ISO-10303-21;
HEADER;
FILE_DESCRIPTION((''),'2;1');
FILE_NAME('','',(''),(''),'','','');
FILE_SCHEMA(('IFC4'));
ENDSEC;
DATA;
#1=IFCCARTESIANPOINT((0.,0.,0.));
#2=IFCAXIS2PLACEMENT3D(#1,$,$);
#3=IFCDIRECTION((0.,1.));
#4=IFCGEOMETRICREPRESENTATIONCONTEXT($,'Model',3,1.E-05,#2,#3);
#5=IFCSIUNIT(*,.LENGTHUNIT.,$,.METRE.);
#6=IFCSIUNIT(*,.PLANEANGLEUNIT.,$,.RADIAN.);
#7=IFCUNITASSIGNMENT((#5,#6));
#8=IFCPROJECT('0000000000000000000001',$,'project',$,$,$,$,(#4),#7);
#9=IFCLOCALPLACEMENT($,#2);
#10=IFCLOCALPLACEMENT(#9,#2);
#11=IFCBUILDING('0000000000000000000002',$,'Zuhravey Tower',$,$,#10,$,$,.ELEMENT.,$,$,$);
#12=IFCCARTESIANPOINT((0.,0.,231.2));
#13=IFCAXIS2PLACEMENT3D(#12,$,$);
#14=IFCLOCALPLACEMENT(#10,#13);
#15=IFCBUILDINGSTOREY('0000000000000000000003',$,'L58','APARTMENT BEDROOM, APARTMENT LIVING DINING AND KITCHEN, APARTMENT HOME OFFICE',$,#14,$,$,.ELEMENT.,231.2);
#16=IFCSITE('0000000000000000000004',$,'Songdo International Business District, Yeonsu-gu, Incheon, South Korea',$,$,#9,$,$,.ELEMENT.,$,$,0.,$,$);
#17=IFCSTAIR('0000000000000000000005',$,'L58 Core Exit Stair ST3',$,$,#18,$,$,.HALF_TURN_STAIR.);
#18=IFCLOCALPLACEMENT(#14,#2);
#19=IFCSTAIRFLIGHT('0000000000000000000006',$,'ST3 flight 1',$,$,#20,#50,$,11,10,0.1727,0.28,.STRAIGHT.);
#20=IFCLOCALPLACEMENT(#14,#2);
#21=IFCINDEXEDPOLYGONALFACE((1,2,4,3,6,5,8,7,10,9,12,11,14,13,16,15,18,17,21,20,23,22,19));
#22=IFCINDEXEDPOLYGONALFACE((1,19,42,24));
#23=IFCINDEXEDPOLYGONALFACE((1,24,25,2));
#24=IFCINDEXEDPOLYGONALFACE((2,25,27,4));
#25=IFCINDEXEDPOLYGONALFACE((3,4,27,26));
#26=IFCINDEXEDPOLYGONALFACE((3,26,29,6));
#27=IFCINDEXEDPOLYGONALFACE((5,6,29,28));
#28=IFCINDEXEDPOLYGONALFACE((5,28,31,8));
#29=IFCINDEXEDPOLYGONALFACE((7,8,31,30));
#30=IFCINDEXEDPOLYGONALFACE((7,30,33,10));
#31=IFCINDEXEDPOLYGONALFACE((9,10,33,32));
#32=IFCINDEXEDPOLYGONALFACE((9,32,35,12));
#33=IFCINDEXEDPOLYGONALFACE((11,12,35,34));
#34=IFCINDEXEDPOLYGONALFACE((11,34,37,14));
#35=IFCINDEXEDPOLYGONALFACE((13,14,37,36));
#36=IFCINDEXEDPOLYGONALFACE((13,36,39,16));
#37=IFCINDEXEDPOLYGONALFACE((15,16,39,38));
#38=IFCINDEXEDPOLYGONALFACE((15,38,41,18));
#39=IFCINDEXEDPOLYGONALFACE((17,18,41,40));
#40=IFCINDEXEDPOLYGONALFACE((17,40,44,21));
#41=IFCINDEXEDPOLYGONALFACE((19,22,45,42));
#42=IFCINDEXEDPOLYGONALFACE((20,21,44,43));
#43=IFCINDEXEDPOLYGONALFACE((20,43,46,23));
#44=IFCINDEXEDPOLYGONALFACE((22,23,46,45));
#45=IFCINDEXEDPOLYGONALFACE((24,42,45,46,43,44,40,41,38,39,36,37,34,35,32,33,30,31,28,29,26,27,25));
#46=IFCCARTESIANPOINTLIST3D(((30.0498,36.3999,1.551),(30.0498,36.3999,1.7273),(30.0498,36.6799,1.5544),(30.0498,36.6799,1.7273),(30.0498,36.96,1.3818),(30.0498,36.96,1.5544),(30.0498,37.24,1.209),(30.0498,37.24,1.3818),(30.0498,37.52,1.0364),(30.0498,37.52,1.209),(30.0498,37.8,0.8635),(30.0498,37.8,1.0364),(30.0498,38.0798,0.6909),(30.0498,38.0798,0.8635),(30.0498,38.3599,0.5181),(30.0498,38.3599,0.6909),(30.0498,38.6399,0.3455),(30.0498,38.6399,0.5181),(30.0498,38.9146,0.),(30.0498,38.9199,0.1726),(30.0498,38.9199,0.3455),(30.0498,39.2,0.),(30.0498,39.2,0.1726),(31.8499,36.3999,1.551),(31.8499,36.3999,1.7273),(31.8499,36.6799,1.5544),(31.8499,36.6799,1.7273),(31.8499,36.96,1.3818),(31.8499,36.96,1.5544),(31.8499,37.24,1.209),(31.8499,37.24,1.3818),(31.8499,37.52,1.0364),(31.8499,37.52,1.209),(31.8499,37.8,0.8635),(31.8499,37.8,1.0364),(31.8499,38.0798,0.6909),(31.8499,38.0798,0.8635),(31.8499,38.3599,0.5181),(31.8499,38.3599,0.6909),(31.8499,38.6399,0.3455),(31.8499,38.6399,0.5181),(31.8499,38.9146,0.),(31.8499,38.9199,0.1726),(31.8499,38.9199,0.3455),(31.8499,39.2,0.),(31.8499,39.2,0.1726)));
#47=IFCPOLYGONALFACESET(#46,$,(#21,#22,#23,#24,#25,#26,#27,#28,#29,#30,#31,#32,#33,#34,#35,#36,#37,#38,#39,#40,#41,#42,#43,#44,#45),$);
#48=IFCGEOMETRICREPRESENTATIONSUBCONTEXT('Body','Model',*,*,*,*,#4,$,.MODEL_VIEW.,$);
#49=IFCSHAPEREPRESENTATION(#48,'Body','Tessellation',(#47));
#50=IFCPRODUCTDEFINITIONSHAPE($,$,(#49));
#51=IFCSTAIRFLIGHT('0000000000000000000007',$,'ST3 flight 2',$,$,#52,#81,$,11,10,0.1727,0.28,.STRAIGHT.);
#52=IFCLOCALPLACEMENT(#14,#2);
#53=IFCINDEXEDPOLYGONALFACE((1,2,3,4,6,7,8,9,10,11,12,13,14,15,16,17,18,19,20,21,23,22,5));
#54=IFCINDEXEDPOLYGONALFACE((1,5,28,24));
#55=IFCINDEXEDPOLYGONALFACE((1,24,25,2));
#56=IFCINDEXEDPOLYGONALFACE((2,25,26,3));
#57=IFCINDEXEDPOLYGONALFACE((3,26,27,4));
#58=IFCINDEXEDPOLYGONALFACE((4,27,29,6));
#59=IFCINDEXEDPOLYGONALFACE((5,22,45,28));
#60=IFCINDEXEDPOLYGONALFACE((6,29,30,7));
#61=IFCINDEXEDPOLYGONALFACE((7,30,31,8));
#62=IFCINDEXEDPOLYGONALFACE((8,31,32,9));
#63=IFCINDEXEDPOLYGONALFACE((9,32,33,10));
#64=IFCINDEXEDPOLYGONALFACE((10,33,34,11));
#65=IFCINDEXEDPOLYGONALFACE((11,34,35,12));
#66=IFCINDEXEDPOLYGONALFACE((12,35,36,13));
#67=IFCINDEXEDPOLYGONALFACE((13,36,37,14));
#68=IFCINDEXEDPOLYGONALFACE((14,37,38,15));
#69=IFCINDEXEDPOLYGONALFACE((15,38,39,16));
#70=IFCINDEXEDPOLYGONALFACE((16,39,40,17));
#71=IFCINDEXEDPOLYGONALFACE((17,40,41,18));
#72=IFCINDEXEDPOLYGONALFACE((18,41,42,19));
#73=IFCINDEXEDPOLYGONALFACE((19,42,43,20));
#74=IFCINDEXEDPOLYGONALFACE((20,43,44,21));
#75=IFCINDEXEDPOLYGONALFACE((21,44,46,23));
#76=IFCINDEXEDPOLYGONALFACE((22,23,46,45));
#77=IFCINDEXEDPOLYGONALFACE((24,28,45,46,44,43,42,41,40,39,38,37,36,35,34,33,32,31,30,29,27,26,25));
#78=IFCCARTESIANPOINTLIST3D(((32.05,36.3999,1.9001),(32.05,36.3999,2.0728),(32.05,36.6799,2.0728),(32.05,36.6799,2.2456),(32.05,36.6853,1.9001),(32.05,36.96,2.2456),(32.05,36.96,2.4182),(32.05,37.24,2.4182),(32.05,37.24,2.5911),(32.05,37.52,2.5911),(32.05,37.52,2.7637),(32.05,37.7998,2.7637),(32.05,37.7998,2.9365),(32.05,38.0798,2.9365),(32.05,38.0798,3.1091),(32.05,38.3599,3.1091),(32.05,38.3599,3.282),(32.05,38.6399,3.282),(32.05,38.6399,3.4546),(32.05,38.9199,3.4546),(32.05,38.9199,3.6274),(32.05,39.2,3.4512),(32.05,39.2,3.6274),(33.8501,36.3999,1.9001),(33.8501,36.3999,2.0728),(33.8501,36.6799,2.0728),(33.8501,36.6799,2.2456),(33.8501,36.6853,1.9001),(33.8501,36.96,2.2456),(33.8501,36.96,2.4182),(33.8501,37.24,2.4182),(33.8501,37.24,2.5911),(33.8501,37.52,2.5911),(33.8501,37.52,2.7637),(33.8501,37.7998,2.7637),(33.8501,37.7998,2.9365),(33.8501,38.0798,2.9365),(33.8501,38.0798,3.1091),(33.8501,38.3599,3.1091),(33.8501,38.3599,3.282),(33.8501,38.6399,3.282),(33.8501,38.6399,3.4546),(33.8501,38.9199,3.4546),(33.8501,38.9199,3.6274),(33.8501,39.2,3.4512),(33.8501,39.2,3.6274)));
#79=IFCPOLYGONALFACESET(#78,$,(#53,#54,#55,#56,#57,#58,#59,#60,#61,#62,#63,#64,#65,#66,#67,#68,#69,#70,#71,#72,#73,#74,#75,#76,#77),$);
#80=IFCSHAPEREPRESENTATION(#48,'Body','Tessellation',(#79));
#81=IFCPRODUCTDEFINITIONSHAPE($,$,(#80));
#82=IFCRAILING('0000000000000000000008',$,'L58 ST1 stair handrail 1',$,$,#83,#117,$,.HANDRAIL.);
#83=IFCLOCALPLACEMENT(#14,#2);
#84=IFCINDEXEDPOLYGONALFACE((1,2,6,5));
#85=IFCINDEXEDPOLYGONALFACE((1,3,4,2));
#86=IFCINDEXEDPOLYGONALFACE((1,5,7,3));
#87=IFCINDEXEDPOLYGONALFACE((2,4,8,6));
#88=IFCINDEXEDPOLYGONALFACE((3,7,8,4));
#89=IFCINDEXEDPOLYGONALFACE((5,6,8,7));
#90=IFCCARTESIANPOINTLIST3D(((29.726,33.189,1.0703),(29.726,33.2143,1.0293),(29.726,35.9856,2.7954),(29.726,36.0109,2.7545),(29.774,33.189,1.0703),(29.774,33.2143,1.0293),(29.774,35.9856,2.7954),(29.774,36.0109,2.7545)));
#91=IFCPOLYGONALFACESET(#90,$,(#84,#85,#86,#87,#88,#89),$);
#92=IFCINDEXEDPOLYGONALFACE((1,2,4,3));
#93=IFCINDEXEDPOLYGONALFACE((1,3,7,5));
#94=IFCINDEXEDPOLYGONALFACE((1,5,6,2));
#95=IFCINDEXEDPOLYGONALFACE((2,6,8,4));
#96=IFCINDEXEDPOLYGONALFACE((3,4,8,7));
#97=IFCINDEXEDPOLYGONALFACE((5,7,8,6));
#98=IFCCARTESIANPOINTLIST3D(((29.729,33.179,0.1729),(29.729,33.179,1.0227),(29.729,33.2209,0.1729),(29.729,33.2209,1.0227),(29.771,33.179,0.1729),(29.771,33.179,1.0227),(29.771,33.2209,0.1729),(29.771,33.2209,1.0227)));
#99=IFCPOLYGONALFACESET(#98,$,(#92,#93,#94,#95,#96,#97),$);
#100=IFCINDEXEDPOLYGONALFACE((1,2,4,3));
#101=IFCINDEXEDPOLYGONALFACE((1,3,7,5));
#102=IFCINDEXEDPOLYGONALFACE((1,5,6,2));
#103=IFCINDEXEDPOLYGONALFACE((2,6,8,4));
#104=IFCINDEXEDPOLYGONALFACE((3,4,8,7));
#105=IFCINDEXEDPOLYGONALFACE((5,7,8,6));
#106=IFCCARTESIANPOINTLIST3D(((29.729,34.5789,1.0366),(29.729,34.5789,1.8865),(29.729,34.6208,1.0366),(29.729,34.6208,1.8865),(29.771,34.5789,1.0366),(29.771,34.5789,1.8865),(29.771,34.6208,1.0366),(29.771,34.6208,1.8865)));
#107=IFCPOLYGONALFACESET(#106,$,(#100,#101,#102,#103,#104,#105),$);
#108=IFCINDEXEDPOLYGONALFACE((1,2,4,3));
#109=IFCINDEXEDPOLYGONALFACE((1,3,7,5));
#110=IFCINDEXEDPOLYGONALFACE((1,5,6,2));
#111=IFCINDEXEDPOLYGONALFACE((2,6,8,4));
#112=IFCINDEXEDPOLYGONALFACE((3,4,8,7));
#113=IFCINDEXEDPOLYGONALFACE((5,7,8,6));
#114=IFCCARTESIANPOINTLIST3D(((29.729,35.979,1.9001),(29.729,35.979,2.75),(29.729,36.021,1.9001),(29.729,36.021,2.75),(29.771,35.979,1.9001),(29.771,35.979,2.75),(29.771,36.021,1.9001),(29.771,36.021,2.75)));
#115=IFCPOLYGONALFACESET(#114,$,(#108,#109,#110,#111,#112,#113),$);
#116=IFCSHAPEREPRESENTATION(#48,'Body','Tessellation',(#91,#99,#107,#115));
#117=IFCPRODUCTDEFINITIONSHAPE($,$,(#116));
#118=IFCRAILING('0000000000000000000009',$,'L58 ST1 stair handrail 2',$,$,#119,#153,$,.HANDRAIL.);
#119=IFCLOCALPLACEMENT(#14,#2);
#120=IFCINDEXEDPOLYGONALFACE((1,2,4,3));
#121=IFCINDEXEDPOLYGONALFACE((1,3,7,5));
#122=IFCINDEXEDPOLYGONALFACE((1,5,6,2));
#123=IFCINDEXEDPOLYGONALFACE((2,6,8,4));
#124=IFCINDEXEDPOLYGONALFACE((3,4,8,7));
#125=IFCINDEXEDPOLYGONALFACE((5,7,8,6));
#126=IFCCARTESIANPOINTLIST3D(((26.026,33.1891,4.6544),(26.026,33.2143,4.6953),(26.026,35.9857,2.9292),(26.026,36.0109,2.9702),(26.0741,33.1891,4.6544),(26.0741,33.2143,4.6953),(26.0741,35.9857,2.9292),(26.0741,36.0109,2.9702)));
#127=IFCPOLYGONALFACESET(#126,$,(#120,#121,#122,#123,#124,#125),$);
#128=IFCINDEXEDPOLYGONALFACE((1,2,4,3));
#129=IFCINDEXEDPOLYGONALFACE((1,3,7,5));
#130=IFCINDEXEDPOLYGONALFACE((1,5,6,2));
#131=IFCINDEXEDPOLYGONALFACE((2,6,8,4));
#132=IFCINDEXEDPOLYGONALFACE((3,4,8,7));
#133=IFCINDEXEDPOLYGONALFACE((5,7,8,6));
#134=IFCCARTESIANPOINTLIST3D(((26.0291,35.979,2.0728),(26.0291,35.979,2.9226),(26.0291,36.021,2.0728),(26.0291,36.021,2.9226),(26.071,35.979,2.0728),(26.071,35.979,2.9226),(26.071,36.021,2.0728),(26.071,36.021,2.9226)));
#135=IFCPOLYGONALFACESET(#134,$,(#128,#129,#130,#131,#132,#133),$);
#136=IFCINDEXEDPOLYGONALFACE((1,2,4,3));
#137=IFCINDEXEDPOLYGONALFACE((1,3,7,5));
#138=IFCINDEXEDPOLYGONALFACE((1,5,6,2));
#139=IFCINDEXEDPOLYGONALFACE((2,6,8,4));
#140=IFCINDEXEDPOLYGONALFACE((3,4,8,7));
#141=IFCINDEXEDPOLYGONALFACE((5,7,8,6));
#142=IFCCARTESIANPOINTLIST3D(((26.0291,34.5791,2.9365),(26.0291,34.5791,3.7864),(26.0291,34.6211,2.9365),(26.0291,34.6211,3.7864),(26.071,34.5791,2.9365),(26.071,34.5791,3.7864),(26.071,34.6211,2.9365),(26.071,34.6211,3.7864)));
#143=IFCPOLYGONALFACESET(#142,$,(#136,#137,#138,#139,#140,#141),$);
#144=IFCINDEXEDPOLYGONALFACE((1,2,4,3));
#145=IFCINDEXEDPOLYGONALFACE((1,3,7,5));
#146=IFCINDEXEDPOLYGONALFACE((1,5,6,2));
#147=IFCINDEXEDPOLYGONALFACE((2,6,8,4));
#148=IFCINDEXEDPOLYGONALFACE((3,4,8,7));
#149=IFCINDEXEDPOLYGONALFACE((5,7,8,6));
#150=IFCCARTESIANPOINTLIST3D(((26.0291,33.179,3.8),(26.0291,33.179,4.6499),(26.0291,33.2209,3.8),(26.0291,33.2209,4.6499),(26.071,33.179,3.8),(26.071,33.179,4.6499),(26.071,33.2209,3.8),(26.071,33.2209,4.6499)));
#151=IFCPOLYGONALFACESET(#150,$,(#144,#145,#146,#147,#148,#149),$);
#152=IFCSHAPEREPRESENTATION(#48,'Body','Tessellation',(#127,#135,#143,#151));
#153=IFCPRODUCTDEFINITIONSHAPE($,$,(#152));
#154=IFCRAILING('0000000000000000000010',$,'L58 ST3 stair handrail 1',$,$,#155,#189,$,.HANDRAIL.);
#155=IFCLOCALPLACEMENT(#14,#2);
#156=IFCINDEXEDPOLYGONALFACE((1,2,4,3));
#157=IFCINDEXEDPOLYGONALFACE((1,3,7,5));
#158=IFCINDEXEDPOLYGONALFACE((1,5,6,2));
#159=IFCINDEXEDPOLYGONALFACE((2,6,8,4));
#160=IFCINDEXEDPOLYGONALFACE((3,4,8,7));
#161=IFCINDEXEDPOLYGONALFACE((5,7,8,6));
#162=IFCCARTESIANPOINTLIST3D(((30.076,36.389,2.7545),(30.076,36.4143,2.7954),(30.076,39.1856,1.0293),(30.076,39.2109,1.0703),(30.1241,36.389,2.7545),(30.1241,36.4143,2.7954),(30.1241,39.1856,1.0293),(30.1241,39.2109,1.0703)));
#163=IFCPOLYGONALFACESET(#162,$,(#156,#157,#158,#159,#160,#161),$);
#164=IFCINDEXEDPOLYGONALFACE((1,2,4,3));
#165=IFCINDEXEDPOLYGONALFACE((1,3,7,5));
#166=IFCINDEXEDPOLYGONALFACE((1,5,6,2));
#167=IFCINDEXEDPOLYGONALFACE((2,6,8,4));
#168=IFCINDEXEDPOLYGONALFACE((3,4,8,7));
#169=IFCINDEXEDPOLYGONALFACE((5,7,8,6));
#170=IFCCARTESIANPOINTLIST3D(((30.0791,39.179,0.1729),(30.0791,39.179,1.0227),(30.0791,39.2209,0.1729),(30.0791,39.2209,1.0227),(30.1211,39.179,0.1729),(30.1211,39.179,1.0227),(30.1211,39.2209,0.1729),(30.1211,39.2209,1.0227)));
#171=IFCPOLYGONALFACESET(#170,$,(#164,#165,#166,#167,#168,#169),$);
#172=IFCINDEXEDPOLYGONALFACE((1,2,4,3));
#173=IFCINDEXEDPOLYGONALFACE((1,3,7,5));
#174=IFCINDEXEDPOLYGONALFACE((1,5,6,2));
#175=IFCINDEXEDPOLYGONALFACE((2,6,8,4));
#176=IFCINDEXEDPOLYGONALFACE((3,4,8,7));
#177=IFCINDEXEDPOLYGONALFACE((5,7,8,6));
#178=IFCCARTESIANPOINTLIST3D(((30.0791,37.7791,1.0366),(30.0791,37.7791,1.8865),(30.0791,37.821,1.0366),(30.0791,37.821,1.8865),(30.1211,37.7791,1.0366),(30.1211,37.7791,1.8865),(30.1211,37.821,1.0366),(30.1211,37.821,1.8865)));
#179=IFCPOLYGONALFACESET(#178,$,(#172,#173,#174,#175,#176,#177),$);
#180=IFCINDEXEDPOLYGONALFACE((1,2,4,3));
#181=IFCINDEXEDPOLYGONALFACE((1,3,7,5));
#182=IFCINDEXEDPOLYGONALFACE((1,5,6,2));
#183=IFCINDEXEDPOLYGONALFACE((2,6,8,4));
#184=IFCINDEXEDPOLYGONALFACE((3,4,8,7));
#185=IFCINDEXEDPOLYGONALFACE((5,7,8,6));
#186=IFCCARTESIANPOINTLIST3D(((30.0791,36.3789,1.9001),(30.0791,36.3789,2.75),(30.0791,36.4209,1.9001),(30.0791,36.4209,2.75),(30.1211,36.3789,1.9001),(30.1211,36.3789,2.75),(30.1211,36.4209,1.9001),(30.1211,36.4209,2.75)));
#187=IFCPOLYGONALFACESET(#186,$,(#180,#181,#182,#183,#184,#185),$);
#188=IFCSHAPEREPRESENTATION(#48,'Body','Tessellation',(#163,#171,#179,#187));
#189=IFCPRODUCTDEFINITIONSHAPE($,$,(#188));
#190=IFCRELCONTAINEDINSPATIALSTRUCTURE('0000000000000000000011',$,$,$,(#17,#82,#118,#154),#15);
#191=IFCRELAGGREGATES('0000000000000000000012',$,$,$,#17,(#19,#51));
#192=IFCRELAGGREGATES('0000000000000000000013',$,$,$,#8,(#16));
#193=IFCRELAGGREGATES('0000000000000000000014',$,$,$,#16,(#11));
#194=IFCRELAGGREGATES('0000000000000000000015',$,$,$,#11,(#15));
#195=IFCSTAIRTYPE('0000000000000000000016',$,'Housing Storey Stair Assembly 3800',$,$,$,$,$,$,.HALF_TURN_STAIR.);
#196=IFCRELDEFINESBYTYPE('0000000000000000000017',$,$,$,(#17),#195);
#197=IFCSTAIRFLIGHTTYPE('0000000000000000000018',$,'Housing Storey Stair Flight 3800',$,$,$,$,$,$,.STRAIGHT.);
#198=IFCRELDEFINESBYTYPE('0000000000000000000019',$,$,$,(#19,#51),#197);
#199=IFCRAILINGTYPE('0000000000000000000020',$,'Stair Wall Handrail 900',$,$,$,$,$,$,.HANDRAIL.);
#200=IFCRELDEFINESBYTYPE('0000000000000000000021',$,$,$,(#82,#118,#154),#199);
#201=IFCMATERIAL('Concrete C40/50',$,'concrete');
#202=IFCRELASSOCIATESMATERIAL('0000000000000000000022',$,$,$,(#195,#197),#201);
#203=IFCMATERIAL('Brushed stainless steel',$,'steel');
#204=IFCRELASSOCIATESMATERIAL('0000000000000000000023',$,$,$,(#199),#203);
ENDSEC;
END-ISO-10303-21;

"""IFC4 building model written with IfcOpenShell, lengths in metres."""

from ifc_helpers import new_model, si_unit, direction, frame, origin, origin_2d, place, context, subcontext, project, spatial, polyline, rectangle, outline, extrude, material, type_object, element, aggregate, save


model = new_model("IFC4")

# Units and contexts
model_context = context("Model", 3, precision=1e-05, world=origin(), true_north=direction((0.0, 1.0)))
body_context = subcontext(model_context, "Body", "Model", "MODEL_VIEW")
ifc_project = project(units=[si_unit("LENGTHUNIT", "METRE"), si_unit("PLANEANGLEUNIT", "RADIAN")], contexts=[model_context])

# Site, building, storey
site_placement = place(None, origin())
site = spatial("IfcSite", under=ifc_project, at=site_placement, Name="Songdo International Business District, Yeonsu-gu, Incheon, South Korea", CompositionType="ELEMENT", RefElevation=0.0)
building_placement = place(site_placement, origin())
building = spatial("IfcBuilding", under=site, at=building_placement, Name="Zuhravey Tower", CompositionType="ELEMENT")
storey_placement = place(building_placement, frame((0.0, 0.0, 231.2)))
storey = spatial("IfcBuildingStorey", under=building, at=storey_placement, Name="L58", Description="APARTMENT BEDROOM, APARTMENT LIVING DINING AND KITCHEN, APARTMENT HOME OFFICE", CompositionType="ELEMENT", Elevation=231.2)

# Stair, stair flights
ifc_material_1 = material(Name="Concrete C40/50", Category="concrete")
stair_type = type_object("IfcStairType", Name="Housing Storey Stair Assembly 3800", PredefinedType="HALF_TURN_STAIR", material=ifc_material_1)
stair_flight_type = type_object("IfcStairFlightType", Name="Housing Storey Stair Flight 3800", PredefinedType="STRAIGHT", material=ifc_material_1)
stair_1_placement = place(storey_placement, origin())
stair_1 = element("IfcStair", 1, at=stair_1_placement, inside=storey, type_object=stair_type, Name="L58 Core Exit Stair ST3", PredefinedType="HALF_TURN_STAIR")
stair_flight_1_placement = place(storey_placement, frame((30.95, 39.2, 0.0), z_axis=(0.0, 0.0, 1.0), x_axis=(0.0, -1.0, 0.0)))
stair_flight_1 = element("IfcStairFlight", 2, at=stair_flight_1_placement, type_object=stair_flight_type, Name="ST3 flight 1", NumberOfRisers=11, NumberOfTreads=10, PredefinedType="STRAIGHT", RiserHeight=0.1727, TreadLength=0.28, context=body_context, shape_type="SweptSolid", body=[
    extrude(outline(polyline([(0.0, 0.0), (0.0, 0.1726), (0.28, 0.1726), (0.28, 0.3455), (0.5601, 0.3455), (0.5601, 0.5181), (0.8401, 0.5181), (0.8401, 0.6909), (1.1201, 0.6909), (1.1201, 0.8635), (1.3999, 0.8635), (1.3999, 1.0364), (1.6799, 1.0364), (1.6799, 1.209), (1.96, 1.209), (1.96, 1.3818), (2.24, 1.3818), (2.24, 1.5544), (2.52, 1.5544), (2.52, 1.7273), (2.8, 1.7273), (2.8, 1.8999), (2.8, 1.551), (0.2854, 0.0), (0.0, 0.0)])), frame((0.0, 0.8999, 0.0), z_axis=(0.0, -1.0, 0.0), x_axis=(1.0, 0.0, 0.0)), (0.0, 0.0, 1.0), 1.8),
])
stair_flight_2_placement = place(storey_placement, frame((32.95, 36.3999, 1.9001), z_axis=(0.0, 0.0, 1.0), x_axis=(0.0, 1.0, 0.0)))
stair_flight_2 = element("IfcStairFlight", 3, at=stair_flight_2_placement, type_object=stair_flight_type, Name="ST3 flight 2", NumberOfRisers=11, NumberOfTreads=10, PredefinedType="STRAIGHT", RiserHeight=0.1727, TreadLength=0.28, context=body_context, shape_type="SweptSolid", body=[
    extrude(outline(polyline([(0.0, 0.0), (0.0, 0.1726), (0.28, 0.1726), (0.28, 0.3455), (0.5601, 0.3455), (0.5601, 0.5181), (0.8401, 0.5181), (0.8401, 0.6909), (1.1201, 0.6909), (1.1201, 0.8635), (1.3999, 0.8635), (1.3999, 1.0364), (1.6799, 1.0364), (1.6799, 1.209), (1.96, 1.209), (1.96, 1.3818), (2.24, 1.3818), (2.24, 1.5544), (2.52, 1.5544), (2.52, 1.7273), (2.8, 1.7273), (2.8, 1.8999), (2.8, 1.551), (0.2854, 0.0), (0.0, 0.0)])), frame((0.0, 0.8999, 0.0), z_axis=(0.0, -1.0, 0.0), x_axis=(1.0, 0.0, 0.0)), (0.0, 0.0, 1.0), 1.8),
])
aggregate(stair_1, [stair_flight_1, stair_flight_2])

# Railings
ifc_material_2 = material(Name="Brushed stainless steel", Category="steel")
railing_type_1 = type_object("IfcRailingType", Name="Stair Wall Handrail 900", PredefinedType="HANDRAIL", material=ifc_material_2)
railing_1_placement = place(storey_placement, frame((29.75, 33.2, 0.1729)))
element("IfcRailing", 4, at=railing_1_placement, inside=storey, type_object=railing_type_1, Name="L58 ST1 stair handrail 1", PredefinedType="HANDRAIL", context=body_context, shape_type="SweptSolid", body=[
    extrude(rectangle(XDim=0.0481, YDim=0.0481, at=origin_2d()), frame((0.0, 0.0017, 0.877), z_axis=(0.0, 0.85109, 0.52502), x_axis=(-1.0, 0.0, 0.0)), (0.0, 0.0, 1.0), 3.2859),
    extrude(rectangle(XDim=0.042, YDim=0.042, at=origin_2d()), origin(), (0.0, 0.0, 1.0), 0.8499),
    extrude(rectangle(XDim=0.042, YDim=0.042, at=origin_2d()), frame((0.0, 1.3999, 0.8638)), (0.0, 0.0, 1.0), 0.8499),
    extrude(rectangle(XDim=0.042, YDim=0.042, at=origin_2d()), frame((0.0, 2.8, 1.7273)), (0.0, 0.0, 1.0), 0.8499),
])
for number, where, name in (
    (5, (26.05, 36.0, 2.0728), "L58 ST1 stair handrail 2"),
    (6, (30.1001, 39.2, 0.1729), "L58 ST3 stair handrail 1"),
):
    element("IfcRailing", number, at=place(storey_placement, frame(where)), inside=storey, type_object=railing_type_1, Name=name, PredefinedType="HANDRAIL", context=body_context, shape_type="SweptSolid", body=[
        extrude(rectangle(XDim=0.0481, YDim=0.0481, at=origin_2d()), frame((0.0, -0.0017, 0.877), z_axis=(0.0, -0.85109, 0.52502), x_axis=(1.0, 0.0, 0.0)), (0.0, 0.0, 1.0), 3.2859),
        extrude(rectangle(XDim=0.042, YDim=0.042, at=origin_2d()), origin(), (0.0, 0.0, 1.0), 0.8499),
        extrude(rectangle(XDim=0.042, YDim=0.042, at=origin_2d()), frame((0.0, -1.3999, 0.8638)), (0.0, 0.0, 1.0), 0.8499),
        extrude(rectangle(XDim=0.042, YDim=0.042, at=origin_2d()), frame((0.0, -2.8, 1.7273)), (0.0, 0.0, 1.0), 0.8499),
    ])

save(model, "model.ifc")
